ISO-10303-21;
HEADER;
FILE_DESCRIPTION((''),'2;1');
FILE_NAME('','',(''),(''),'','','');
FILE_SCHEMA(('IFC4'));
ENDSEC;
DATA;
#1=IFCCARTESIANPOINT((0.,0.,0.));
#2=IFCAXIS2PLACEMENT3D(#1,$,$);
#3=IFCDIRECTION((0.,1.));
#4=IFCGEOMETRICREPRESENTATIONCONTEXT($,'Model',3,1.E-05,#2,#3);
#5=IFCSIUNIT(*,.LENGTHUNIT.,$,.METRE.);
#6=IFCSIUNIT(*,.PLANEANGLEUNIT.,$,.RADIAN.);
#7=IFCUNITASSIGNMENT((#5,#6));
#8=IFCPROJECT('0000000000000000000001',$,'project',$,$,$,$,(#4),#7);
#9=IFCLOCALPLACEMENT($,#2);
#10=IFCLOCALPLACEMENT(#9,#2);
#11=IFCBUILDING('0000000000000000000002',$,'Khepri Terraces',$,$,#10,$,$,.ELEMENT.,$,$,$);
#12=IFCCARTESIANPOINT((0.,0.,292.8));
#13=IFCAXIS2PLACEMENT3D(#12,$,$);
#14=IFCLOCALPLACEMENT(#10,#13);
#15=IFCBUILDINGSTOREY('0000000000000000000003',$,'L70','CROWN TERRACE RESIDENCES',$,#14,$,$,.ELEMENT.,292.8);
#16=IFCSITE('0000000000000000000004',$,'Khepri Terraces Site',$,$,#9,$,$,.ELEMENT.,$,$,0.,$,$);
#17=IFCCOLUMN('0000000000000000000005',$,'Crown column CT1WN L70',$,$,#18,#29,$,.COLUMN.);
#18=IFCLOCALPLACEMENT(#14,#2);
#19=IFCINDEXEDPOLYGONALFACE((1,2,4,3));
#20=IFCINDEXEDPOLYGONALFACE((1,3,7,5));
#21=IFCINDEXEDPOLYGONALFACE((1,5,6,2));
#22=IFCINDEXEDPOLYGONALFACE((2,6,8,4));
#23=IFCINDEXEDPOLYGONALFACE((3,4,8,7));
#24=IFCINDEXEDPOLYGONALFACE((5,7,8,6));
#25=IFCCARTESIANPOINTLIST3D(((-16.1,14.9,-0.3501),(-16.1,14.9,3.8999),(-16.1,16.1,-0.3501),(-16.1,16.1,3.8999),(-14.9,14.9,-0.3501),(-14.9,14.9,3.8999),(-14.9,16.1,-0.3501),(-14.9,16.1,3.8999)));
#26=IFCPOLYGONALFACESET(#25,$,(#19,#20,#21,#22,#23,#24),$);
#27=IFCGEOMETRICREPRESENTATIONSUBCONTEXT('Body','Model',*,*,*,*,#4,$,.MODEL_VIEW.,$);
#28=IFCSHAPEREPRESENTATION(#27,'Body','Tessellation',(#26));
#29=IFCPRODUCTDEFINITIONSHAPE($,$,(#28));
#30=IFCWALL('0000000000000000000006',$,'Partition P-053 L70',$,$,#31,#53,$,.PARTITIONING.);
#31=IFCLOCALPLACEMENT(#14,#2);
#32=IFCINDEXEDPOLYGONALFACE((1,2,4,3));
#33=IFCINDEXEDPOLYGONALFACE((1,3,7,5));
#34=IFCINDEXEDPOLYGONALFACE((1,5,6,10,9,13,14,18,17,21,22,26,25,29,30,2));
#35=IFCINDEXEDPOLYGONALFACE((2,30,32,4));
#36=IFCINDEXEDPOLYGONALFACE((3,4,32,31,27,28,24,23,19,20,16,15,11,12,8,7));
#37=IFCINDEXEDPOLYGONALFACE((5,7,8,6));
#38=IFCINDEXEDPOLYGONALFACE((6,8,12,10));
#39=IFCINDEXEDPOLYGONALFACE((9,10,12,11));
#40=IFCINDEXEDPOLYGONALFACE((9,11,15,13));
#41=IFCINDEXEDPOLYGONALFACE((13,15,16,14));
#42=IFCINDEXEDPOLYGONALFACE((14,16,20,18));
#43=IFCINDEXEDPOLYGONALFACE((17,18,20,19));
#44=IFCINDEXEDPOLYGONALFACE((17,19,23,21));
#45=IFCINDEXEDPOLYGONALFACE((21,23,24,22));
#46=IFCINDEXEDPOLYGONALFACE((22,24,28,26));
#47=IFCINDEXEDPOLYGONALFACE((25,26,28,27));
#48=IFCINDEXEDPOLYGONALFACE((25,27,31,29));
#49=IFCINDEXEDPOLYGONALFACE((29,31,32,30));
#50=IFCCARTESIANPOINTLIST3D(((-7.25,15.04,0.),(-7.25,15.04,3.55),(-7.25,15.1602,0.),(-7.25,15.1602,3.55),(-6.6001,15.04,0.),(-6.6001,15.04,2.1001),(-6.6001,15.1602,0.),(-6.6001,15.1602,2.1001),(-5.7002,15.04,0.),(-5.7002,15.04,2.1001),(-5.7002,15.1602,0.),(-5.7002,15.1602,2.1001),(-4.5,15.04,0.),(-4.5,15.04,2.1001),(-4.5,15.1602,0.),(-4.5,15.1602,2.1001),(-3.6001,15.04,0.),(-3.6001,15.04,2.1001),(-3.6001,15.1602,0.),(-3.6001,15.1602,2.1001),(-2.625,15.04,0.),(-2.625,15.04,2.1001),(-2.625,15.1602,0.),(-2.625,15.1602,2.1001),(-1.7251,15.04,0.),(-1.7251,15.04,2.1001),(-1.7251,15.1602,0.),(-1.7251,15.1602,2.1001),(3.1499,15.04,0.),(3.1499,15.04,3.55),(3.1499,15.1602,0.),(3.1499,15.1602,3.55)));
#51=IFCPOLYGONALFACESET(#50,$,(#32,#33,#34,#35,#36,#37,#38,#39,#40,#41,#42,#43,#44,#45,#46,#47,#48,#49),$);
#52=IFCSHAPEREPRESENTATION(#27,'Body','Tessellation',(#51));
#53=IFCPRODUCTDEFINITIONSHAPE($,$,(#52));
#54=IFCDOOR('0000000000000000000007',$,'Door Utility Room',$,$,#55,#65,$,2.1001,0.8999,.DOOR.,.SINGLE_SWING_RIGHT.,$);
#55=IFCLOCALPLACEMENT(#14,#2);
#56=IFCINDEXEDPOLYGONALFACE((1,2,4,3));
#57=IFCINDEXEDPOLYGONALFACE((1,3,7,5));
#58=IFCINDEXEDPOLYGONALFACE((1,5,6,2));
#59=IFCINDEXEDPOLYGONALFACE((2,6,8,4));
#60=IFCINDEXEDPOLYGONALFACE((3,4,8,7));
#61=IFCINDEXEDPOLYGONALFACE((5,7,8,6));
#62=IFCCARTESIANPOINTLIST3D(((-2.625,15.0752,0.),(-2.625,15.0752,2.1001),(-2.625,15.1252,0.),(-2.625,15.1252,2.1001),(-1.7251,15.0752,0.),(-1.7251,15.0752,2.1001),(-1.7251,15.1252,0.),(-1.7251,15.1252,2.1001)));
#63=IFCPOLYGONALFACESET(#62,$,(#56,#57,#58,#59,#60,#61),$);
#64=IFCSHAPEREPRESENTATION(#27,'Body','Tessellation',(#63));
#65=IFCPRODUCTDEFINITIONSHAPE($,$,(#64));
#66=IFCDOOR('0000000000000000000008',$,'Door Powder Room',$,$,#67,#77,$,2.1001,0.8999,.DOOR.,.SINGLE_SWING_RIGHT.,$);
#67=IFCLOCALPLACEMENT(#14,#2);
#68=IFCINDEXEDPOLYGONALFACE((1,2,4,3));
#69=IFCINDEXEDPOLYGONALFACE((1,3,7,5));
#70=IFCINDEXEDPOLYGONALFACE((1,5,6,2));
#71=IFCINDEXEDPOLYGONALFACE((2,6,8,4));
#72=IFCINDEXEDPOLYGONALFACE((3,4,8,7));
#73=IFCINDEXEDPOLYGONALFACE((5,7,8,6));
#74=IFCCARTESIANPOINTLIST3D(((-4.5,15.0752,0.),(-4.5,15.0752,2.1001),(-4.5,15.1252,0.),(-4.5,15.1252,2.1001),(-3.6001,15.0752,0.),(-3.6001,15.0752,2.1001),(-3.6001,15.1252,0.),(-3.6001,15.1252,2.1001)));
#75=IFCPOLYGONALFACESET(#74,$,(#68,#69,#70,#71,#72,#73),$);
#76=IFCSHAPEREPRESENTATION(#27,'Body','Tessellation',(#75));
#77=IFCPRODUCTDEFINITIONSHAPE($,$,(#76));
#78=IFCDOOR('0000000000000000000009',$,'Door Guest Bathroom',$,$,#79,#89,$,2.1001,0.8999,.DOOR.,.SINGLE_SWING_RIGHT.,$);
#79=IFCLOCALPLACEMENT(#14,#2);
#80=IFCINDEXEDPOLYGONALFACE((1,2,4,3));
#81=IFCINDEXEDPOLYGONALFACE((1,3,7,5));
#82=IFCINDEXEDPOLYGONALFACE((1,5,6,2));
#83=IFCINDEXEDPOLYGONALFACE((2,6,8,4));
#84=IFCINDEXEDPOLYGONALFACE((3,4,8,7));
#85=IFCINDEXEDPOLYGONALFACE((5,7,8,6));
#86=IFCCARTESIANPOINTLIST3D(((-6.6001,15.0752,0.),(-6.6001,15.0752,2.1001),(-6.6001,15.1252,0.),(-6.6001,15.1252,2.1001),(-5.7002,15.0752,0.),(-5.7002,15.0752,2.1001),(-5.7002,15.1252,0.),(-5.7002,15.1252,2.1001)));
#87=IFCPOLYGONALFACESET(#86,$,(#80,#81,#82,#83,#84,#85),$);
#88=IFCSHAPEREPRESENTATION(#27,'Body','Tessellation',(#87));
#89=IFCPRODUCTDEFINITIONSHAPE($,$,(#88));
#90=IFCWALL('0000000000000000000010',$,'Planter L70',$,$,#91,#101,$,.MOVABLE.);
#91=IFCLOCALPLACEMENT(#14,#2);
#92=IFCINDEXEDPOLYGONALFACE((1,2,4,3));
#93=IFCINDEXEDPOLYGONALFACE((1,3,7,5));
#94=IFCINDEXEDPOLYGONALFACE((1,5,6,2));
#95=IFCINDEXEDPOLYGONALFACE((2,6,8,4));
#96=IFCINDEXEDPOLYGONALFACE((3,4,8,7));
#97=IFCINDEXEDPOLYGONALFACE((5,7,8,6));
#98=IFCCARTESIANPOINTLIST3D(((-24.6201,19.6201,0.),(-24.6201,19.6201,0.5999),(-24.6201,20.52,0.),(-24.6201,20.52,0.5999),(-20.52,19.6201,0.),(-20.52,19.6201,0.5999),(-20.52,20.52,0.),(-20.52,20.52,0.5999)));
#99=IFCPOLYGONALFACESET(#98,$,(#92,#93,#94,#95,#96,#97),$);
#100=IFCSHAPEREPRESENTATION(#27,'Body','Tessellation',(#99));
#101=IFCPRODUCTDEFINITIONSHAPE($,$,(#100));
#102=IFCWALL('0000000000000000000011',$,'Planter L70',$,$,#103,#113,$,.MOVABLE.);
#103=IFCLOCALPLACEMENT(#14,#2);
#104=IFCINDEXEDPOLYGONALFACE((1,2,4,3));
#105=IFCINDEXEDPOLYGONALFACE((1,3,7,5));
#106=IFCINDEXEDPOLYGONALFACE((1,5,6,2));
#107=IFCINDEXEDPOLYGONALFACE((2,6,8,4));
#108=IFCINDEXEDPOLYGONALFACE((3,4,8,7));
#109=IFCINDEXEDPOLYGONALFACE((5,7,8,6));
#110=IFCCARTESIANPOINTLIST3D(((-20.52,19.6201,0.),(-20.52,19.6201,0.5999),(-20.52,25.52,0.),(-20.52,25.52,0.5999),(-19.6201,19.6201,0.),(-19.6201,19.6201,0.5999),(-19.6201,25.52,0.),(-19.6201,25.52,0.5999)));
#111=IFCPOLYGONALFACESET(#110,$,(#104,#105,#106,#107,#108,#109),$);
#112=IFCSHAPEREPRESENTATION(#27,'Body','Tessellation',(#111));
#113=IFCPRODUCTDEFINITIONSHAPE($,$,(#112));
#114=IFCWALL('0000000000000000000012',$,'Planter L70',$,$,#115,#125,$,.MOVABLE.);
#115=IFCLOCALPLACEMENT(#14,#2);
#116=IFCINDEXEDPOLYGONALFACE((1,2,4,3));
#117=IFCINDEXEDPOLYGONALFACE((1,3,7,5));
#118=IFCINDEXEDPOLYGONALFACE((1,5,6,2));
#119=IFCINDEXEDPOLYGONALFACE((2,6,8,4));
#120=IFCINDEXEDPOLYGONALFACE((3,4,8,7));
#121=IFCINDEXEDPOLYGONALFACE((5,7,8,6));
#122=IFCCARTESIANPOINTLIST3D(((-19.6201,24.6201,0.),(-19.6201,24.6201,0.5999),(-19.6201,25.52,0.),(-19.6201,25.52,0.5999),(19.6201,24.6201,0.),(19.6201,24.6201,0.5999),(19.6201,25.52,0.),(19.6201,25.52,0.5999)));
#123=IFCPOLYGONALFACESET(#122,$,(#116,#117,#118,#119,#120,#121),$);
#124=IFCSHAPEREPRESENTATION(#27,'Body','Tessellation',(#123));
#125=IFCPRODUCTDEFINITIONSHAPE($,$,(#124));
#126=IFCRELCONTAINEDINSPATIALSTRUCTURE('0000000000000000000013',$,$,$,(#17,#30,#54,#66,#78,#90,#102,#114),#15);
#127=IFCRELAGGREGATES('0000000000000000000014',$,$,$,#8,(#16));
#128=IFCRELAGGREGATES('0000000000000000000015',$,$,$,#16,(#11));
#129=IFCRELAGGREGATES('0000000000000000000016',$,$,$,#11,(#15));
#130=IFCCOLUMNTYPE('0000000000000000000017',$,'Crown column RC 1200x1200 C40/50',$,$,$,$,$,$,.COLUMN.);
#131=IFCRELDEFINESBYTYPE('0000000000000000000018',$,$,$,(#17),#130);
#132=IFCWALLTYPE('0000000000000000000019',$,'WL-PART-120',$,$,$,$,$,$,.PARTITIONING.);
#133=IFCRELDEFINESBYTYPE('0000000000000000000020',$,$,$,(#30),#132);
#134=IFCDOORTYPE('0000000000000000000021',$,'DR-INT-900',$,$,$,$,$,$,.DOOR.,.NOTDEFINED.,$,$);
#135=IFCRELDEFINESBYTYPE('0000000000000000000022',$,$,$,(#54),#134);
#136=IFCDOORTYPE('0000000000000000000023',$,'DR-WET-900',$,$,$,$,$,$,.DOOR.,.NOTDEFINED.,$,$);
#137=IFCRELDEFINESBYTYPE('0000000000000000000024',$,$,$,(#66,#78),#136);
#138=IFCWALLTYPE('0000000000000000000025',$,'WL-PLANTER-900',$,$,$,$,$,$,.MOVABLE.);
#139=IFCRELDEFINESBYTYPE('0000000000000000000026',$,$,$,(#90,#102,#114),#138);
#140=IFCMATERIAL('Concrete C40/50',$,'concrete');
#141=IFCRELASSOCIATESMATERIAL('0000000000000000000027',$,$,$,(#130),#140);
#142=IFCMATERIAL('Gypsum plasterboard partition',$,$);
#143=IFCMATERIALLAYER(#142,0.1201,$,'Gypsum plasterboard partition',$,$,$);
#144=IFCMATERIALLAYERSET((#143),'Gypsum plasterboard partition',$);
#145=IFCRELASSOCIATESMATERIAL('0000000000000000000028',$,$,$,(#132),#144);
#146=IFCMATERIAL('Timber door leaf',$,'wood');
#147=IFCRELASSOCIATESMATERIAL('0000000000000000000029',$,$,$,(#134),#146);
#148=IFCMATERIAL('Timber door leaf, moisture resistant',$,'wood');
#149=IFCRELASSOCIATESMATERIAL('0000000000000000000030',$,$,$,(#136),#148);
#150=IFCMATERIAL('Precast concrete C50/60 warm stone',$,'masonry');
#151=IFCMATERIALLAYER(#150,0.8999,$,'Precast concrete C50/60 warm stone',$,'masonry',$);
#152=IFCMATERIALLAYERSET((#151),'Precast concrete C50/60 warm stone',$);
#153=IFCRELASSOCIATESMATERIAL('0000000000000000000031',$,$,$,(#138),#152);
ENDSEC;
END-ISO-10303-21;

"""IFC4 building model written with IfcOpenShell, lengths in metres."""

from ifc_helpers import new_model, si_unit, direction, frame, frame_2d, origin, origin_2d, place, context, subcontext, project, spatial, rectangle, extrude, material, layer, layer_set, material_profile, profile_set, type_object, element, fill, save


model = new_model("IFC4")

# Units and contexts
model_context = context("Model", 3, precision=1e-05, world=origin(), true_north=direction((0.0, 1.0)))
body_context = subcontext(model_context, "Body", "Model", "MODEL_VIEW")
ifc_project = project(units=[si_unit("LENGTHUNIT", "METRE"), si_unit("PLANEANGLEUNIT", "RADIAN")], contexts=[model_context])

# Site, building, storey
site_placement = place(None, origin())
site = spatial("IfcSite", under=ifc_project, at=site_placement, Name="Khepri Terraces Site", CompositionType="ELEMENT", RefElevation=0.0)
building_placement = place(site_placement, origin())
building = spatial("IfcBuilding", under=site, at=building_placement, Name="Khepri Terraces", CompositionType="ELEMENT")
storey_placement = place(building_placement, frame((0.0, 0.0, 292.8)))
storey = spatial("IfcBuildingStorey", under=building, at=storey_placement, Name="L70", Description="CROWN TERRACE RESIDENCES", CompositionType="ELEMENT", Elevation=292.8)

# Column
ifc_material_1 = material(Name="Concrete C40/50", Category="concrete")
ifc_material_profile = material_profile(ifc_material_1, rectangle(XDim=1.2, YDim=1.2, at=origin_2d()), Name="Concrete C40/50", Category="concrete")
ifc_profile_set = profile_set([ifc_material_profile], Name="Concrete C40/50")
column_type = type_object("IfcColumnType", Name="Crown column RC 1200x1200 C40/50", PredefinedType="COLUMN", material=ifc_profile_set)
column_placement = place(storey_placement, frame((-15.5, 15.5, -0.3501), z_axis=(0.0, 0.0, 1.0), x_axis=(1.0, 0.0, 0.0)))
element("IfcColumn", 1, at=column_placement, inside=storey, type_object=column_type, Name="Crown column CT1WN L70", PredefinedType="COLUMN", context=body_context, shape_type="SweptSolid", body=[
    extrude(rectangle(XDim=1.2, YDim=1.2, at=origin_2d()), origin(), (0.0, 0.0, 1.0), 4.25),
])

# Shared definitions
ifc_material_2 = material(Name="Precast concrete C50/60 warm stone", Category="masonry")

# Wall, openings, doors
ifc_material_3 = material(Name="Gypsum plasterboard partition")
ifc_layer_1 = layer(ifc_material_3, 0.1201, Name="Gypsum plasterboard partition")
ifc_layer_set_1 = layer_set([ifc_layer_1], Name="Gypsum plasterboard partition")
wall_type_1 = type_object("IfcWallType", Name="WL-PART-120", PredefinedType="PARTITIONING", material=ifc_layer_set_1)
wall_1_placement = place(storey_placement, frame((-7.25, 15.1001, 0.0), z_axis=(0.0, 0.0, 1.0), x_axis=(1.0, 0.0, 0.0)))
wall_1 = element("IfcWall", 2, at=wall_1_placement, inside=storey, type_object=wall_type_1, Name="Partition P-053 L70", PredefinedType="PARTITIONING", context=body_context, shape_type="SweptSolid", body=[
    extrude(rectangle(XDim=10.3999, YDim=0.1201, at=frame_2d((5.2, 0.0))), origin(), (0.0, 0.0, 1.0), 3.55),
])
opening_1_placement = place(wall_1_placement, frame((4.625, 0.0, 0.0)))
opening_1 = element("IfcOpeningElement", 3, at=opening_1_placement, cuts=wall_1, PredefinedType="OPENING", context=body_context, shape_type="SweptSolid", body=[
    extrude(rectangle(XDim=0.8999, YDim=2.1001, at=frame_2d((0.45, 1.05))), frame((0.0, 0.0701, 0.0), z_axis=(0.0, -1.0, 0.0), x_axis=(1.0, 0.0, 0.0)), (0.0, 0.0, 1.0), 0.1401),
])
opening_2_placement = place(wall_1_placement, frame((2.75, 0.0, 0.0)))
opening_2 = element("IfcOpeningElement", 4, at=opening_2_placement, cuts=wall_1, PredefinedType="OPENING", context=body_context, shape_type="SweptSolid", body=[
    extrude(rectangle(XDim=0.8999, YDim=2.1001, at=frame_2d((0.45, 1.05))), frame((0.0, 0.0701, 0.0), z_axis=(0.0, -1.0, 0.0), x_axis=(1.0, 0.0, 0.0)), (0.0, 0.0, 1.0), 0.1401),
])
opening_3_placement = place(wall_1_placement, frame((0.6499, 0.0, 0.0)))
opening_3 = element("IfcOpeningElement", 5, at=opening_3_placement, cuts=wall_1, PredefinedType="OPENING", context=body_context, shape_type="SweptSolid", body=[
    extrude(rectangle(XDim=0.8999, YDim=2.1001, at=frame_2d((0.45, 1.05))), frame((0.0, 0.0701, 0.0), z_axis=(0.0, -1.0, 0.0), x_axis=(1.0, 0.0, 0.0)), (0.0, 0.0, 1.0), 0.1401),
])
ifc_material_4 = material(Name="Timber door leaf", Category="wood")
door_type_1 = type_object("IfcDoorType", Name="DR-INT-900", OperationType="NOTDEFINED", PredefinedType="DOOR", material=ifc_material_4)
door_1_placement = place(opening_1_placement, frame((0.8999, 0.0, 0.0), z_axis=(0.0, 0.0, 1.0), x_axis=(-1.0, 0.0, 0.0)))
door_1 = element("IfcDoor", 6, at=door_1_placement, inside=storey, type_object=door_type_1, Name="Door Utility Room", OperationType="SINGLE_SWING_RIGHT", OverallHeight=2.1001, OverallWidth=0.8999, PredefinedType="DOOR", context=body_context, shape_type="SweptSolid", body=[
    extrude(rectangle(XDim=0.8999, YDim=2.1001, at=frame_2d((0.45, 1.05))), frame((0.0, 0.0249, 0.0), z_axis=(0.0, -1.0, 0.0), x_axis=(1.0, 0.0, 0.0)), (0.0, 0.0, 1.0), 0.05),
])
fill(opening_1, door_1)
ifc_material_5 = material(Name="Timber door leaf, moisture resistant", Category="wood")
door_type_2 = type_object("IfcDoorType", Name="DR-WET-900", OperationType="NOTDEFINED", PredefinedType="DOOR", material=ifc_material_5)
door_2_placement = place(opening_2_placement, frame((0.8999, 0.0, 0.0), z_axis=(0.0, 0.0, 1.0), x_axis=(-1.0, 0.0, 0.0)))
door_2 = element("IfcDoor", 7, at=door_2_placement, inside=storey, type_object=door_type_2, Name="Door Powder Room", OperationType="SINGLE_SWING_RIGHT", OverallHeight=2.1001, OverallWidth=0.8999, PredefinedType="DOOR", context=body_context, shape_type="SweptSolid", body=[
    extrude(rectangle(XDim=0.8999, YDim=2.1001, at=frame_2d((0.45, 1.05))), frame((0.0, 0.0249, 0.0), z_axis=(0.0, -1.0, 0.0), x_axis=(1.0, 0.0, 0.0)), (0.0, 0.0, 1.0), 0.05),
])
fill(opening_2, door_2)
door_3_placement = place(opening_3_placement, frame((0.8999, 0.0, 0.0), z_axis=(0.0, 0.0, 1.0), x_axis=(-1.0, 0.0, 0.0)))
door_3 = element("IfcDoor", 8, at=door_3_placement, inside=storey, type_object=door_type_2, Name="Door Guest Bathroom", OperationType="SINGLE_SWING_RIGHT", OverallHeight=2.1001, OverallWidth=0.8999, PredefinedType="DOOR", context=body_context, shape_type="SweptSolid", body=[
    extrude(rectangle(XDim=0.8999, YDim=2.1001, at=frame_2d((0.45, 1.05))), frame((0.0, 0.0249, 0.0), z_axis=(0.0, -1.0, 0.0), x_axis=(1.0, 0.0, 0.0)), (0.0, 0.0, 1.0), 0.05),
])
fill(opening_3, door_3)

# Walls
ifc_layer_2 = layer(ifc_material_2, 0.8999, Name="Precast concrete C50/60 warm stone", Category="masonry")
ifc_layer_set_2 = layer_set([ifc_layer_2], Name="Precast concrete C50/60 warm stone")
wall_type_2 = type_object("IfcWallType", Name="WL-PLANTER-900", PredefinedType="MOVABLE", material=ifc_layer_set_2)
wall_2_placement = place(storey_placement, frame((-24.6201, 20.0701, 0.0), z_axis=(0.0, 0.0, 1.0), x_axis=(1.0, 0.0, 0.0)))
element("IfcWall", 9, at=wall_2_placement, inside=storey, type_object=wall_type_2, Name="Planter L70", PredefinedType="MOVABLE", context=body_context, shape_type="SweptSolid", body=[
    extrude(rectangle(XDim=4.1001, YDim=0.8999, at=frame_2d((2.05, 0.0))), origin(), (0.0, 0.0, 1.0), 0.5999),
])
wall_3_placement = place(storey_placement, frame((-20.0701, 19.6201, 0.0), z_axis=(0.0, 0.0, 1.0), x_axis=(0.0, 1.0, 0.0)))
element("IfcWall", 10, at=wall_3_placement, inside=storey, type_object=wall_type_2, Name="Planter L70", PredefinedType="MOVABLE", context=body_context, shape_type="SweptSolid", body=[
    extrude(rectangle(XDim=5.8999, YDim=0.8999, at=frame_2d((2.95, 0.0))), origin(), (0.0, 0.0, 1.0), 0.5999),
])
wall_4_placement = place(storey_placement, frame((-19.6201, 25.0701, 0.0), z_axis=(0.0, 0.0, 1.0), x_axis=(1.0, 0.0, 0.0)))
element("IfcWall", 11, at=wall_4_placement, inside=storey, type_object=wall_type_2, Name="Planter L70", PredefinedType="MOVABLE", context=body_context, shape_type="SweptSolid", body=[
    extrude(rectangle(XDim=39.2402, YDim=0.8999, at=frame_2d((19.6201, 0.0))), origin(), (0.0, 0.0, 1.0), 0.5999),
])

save(model, "model.ifc")
